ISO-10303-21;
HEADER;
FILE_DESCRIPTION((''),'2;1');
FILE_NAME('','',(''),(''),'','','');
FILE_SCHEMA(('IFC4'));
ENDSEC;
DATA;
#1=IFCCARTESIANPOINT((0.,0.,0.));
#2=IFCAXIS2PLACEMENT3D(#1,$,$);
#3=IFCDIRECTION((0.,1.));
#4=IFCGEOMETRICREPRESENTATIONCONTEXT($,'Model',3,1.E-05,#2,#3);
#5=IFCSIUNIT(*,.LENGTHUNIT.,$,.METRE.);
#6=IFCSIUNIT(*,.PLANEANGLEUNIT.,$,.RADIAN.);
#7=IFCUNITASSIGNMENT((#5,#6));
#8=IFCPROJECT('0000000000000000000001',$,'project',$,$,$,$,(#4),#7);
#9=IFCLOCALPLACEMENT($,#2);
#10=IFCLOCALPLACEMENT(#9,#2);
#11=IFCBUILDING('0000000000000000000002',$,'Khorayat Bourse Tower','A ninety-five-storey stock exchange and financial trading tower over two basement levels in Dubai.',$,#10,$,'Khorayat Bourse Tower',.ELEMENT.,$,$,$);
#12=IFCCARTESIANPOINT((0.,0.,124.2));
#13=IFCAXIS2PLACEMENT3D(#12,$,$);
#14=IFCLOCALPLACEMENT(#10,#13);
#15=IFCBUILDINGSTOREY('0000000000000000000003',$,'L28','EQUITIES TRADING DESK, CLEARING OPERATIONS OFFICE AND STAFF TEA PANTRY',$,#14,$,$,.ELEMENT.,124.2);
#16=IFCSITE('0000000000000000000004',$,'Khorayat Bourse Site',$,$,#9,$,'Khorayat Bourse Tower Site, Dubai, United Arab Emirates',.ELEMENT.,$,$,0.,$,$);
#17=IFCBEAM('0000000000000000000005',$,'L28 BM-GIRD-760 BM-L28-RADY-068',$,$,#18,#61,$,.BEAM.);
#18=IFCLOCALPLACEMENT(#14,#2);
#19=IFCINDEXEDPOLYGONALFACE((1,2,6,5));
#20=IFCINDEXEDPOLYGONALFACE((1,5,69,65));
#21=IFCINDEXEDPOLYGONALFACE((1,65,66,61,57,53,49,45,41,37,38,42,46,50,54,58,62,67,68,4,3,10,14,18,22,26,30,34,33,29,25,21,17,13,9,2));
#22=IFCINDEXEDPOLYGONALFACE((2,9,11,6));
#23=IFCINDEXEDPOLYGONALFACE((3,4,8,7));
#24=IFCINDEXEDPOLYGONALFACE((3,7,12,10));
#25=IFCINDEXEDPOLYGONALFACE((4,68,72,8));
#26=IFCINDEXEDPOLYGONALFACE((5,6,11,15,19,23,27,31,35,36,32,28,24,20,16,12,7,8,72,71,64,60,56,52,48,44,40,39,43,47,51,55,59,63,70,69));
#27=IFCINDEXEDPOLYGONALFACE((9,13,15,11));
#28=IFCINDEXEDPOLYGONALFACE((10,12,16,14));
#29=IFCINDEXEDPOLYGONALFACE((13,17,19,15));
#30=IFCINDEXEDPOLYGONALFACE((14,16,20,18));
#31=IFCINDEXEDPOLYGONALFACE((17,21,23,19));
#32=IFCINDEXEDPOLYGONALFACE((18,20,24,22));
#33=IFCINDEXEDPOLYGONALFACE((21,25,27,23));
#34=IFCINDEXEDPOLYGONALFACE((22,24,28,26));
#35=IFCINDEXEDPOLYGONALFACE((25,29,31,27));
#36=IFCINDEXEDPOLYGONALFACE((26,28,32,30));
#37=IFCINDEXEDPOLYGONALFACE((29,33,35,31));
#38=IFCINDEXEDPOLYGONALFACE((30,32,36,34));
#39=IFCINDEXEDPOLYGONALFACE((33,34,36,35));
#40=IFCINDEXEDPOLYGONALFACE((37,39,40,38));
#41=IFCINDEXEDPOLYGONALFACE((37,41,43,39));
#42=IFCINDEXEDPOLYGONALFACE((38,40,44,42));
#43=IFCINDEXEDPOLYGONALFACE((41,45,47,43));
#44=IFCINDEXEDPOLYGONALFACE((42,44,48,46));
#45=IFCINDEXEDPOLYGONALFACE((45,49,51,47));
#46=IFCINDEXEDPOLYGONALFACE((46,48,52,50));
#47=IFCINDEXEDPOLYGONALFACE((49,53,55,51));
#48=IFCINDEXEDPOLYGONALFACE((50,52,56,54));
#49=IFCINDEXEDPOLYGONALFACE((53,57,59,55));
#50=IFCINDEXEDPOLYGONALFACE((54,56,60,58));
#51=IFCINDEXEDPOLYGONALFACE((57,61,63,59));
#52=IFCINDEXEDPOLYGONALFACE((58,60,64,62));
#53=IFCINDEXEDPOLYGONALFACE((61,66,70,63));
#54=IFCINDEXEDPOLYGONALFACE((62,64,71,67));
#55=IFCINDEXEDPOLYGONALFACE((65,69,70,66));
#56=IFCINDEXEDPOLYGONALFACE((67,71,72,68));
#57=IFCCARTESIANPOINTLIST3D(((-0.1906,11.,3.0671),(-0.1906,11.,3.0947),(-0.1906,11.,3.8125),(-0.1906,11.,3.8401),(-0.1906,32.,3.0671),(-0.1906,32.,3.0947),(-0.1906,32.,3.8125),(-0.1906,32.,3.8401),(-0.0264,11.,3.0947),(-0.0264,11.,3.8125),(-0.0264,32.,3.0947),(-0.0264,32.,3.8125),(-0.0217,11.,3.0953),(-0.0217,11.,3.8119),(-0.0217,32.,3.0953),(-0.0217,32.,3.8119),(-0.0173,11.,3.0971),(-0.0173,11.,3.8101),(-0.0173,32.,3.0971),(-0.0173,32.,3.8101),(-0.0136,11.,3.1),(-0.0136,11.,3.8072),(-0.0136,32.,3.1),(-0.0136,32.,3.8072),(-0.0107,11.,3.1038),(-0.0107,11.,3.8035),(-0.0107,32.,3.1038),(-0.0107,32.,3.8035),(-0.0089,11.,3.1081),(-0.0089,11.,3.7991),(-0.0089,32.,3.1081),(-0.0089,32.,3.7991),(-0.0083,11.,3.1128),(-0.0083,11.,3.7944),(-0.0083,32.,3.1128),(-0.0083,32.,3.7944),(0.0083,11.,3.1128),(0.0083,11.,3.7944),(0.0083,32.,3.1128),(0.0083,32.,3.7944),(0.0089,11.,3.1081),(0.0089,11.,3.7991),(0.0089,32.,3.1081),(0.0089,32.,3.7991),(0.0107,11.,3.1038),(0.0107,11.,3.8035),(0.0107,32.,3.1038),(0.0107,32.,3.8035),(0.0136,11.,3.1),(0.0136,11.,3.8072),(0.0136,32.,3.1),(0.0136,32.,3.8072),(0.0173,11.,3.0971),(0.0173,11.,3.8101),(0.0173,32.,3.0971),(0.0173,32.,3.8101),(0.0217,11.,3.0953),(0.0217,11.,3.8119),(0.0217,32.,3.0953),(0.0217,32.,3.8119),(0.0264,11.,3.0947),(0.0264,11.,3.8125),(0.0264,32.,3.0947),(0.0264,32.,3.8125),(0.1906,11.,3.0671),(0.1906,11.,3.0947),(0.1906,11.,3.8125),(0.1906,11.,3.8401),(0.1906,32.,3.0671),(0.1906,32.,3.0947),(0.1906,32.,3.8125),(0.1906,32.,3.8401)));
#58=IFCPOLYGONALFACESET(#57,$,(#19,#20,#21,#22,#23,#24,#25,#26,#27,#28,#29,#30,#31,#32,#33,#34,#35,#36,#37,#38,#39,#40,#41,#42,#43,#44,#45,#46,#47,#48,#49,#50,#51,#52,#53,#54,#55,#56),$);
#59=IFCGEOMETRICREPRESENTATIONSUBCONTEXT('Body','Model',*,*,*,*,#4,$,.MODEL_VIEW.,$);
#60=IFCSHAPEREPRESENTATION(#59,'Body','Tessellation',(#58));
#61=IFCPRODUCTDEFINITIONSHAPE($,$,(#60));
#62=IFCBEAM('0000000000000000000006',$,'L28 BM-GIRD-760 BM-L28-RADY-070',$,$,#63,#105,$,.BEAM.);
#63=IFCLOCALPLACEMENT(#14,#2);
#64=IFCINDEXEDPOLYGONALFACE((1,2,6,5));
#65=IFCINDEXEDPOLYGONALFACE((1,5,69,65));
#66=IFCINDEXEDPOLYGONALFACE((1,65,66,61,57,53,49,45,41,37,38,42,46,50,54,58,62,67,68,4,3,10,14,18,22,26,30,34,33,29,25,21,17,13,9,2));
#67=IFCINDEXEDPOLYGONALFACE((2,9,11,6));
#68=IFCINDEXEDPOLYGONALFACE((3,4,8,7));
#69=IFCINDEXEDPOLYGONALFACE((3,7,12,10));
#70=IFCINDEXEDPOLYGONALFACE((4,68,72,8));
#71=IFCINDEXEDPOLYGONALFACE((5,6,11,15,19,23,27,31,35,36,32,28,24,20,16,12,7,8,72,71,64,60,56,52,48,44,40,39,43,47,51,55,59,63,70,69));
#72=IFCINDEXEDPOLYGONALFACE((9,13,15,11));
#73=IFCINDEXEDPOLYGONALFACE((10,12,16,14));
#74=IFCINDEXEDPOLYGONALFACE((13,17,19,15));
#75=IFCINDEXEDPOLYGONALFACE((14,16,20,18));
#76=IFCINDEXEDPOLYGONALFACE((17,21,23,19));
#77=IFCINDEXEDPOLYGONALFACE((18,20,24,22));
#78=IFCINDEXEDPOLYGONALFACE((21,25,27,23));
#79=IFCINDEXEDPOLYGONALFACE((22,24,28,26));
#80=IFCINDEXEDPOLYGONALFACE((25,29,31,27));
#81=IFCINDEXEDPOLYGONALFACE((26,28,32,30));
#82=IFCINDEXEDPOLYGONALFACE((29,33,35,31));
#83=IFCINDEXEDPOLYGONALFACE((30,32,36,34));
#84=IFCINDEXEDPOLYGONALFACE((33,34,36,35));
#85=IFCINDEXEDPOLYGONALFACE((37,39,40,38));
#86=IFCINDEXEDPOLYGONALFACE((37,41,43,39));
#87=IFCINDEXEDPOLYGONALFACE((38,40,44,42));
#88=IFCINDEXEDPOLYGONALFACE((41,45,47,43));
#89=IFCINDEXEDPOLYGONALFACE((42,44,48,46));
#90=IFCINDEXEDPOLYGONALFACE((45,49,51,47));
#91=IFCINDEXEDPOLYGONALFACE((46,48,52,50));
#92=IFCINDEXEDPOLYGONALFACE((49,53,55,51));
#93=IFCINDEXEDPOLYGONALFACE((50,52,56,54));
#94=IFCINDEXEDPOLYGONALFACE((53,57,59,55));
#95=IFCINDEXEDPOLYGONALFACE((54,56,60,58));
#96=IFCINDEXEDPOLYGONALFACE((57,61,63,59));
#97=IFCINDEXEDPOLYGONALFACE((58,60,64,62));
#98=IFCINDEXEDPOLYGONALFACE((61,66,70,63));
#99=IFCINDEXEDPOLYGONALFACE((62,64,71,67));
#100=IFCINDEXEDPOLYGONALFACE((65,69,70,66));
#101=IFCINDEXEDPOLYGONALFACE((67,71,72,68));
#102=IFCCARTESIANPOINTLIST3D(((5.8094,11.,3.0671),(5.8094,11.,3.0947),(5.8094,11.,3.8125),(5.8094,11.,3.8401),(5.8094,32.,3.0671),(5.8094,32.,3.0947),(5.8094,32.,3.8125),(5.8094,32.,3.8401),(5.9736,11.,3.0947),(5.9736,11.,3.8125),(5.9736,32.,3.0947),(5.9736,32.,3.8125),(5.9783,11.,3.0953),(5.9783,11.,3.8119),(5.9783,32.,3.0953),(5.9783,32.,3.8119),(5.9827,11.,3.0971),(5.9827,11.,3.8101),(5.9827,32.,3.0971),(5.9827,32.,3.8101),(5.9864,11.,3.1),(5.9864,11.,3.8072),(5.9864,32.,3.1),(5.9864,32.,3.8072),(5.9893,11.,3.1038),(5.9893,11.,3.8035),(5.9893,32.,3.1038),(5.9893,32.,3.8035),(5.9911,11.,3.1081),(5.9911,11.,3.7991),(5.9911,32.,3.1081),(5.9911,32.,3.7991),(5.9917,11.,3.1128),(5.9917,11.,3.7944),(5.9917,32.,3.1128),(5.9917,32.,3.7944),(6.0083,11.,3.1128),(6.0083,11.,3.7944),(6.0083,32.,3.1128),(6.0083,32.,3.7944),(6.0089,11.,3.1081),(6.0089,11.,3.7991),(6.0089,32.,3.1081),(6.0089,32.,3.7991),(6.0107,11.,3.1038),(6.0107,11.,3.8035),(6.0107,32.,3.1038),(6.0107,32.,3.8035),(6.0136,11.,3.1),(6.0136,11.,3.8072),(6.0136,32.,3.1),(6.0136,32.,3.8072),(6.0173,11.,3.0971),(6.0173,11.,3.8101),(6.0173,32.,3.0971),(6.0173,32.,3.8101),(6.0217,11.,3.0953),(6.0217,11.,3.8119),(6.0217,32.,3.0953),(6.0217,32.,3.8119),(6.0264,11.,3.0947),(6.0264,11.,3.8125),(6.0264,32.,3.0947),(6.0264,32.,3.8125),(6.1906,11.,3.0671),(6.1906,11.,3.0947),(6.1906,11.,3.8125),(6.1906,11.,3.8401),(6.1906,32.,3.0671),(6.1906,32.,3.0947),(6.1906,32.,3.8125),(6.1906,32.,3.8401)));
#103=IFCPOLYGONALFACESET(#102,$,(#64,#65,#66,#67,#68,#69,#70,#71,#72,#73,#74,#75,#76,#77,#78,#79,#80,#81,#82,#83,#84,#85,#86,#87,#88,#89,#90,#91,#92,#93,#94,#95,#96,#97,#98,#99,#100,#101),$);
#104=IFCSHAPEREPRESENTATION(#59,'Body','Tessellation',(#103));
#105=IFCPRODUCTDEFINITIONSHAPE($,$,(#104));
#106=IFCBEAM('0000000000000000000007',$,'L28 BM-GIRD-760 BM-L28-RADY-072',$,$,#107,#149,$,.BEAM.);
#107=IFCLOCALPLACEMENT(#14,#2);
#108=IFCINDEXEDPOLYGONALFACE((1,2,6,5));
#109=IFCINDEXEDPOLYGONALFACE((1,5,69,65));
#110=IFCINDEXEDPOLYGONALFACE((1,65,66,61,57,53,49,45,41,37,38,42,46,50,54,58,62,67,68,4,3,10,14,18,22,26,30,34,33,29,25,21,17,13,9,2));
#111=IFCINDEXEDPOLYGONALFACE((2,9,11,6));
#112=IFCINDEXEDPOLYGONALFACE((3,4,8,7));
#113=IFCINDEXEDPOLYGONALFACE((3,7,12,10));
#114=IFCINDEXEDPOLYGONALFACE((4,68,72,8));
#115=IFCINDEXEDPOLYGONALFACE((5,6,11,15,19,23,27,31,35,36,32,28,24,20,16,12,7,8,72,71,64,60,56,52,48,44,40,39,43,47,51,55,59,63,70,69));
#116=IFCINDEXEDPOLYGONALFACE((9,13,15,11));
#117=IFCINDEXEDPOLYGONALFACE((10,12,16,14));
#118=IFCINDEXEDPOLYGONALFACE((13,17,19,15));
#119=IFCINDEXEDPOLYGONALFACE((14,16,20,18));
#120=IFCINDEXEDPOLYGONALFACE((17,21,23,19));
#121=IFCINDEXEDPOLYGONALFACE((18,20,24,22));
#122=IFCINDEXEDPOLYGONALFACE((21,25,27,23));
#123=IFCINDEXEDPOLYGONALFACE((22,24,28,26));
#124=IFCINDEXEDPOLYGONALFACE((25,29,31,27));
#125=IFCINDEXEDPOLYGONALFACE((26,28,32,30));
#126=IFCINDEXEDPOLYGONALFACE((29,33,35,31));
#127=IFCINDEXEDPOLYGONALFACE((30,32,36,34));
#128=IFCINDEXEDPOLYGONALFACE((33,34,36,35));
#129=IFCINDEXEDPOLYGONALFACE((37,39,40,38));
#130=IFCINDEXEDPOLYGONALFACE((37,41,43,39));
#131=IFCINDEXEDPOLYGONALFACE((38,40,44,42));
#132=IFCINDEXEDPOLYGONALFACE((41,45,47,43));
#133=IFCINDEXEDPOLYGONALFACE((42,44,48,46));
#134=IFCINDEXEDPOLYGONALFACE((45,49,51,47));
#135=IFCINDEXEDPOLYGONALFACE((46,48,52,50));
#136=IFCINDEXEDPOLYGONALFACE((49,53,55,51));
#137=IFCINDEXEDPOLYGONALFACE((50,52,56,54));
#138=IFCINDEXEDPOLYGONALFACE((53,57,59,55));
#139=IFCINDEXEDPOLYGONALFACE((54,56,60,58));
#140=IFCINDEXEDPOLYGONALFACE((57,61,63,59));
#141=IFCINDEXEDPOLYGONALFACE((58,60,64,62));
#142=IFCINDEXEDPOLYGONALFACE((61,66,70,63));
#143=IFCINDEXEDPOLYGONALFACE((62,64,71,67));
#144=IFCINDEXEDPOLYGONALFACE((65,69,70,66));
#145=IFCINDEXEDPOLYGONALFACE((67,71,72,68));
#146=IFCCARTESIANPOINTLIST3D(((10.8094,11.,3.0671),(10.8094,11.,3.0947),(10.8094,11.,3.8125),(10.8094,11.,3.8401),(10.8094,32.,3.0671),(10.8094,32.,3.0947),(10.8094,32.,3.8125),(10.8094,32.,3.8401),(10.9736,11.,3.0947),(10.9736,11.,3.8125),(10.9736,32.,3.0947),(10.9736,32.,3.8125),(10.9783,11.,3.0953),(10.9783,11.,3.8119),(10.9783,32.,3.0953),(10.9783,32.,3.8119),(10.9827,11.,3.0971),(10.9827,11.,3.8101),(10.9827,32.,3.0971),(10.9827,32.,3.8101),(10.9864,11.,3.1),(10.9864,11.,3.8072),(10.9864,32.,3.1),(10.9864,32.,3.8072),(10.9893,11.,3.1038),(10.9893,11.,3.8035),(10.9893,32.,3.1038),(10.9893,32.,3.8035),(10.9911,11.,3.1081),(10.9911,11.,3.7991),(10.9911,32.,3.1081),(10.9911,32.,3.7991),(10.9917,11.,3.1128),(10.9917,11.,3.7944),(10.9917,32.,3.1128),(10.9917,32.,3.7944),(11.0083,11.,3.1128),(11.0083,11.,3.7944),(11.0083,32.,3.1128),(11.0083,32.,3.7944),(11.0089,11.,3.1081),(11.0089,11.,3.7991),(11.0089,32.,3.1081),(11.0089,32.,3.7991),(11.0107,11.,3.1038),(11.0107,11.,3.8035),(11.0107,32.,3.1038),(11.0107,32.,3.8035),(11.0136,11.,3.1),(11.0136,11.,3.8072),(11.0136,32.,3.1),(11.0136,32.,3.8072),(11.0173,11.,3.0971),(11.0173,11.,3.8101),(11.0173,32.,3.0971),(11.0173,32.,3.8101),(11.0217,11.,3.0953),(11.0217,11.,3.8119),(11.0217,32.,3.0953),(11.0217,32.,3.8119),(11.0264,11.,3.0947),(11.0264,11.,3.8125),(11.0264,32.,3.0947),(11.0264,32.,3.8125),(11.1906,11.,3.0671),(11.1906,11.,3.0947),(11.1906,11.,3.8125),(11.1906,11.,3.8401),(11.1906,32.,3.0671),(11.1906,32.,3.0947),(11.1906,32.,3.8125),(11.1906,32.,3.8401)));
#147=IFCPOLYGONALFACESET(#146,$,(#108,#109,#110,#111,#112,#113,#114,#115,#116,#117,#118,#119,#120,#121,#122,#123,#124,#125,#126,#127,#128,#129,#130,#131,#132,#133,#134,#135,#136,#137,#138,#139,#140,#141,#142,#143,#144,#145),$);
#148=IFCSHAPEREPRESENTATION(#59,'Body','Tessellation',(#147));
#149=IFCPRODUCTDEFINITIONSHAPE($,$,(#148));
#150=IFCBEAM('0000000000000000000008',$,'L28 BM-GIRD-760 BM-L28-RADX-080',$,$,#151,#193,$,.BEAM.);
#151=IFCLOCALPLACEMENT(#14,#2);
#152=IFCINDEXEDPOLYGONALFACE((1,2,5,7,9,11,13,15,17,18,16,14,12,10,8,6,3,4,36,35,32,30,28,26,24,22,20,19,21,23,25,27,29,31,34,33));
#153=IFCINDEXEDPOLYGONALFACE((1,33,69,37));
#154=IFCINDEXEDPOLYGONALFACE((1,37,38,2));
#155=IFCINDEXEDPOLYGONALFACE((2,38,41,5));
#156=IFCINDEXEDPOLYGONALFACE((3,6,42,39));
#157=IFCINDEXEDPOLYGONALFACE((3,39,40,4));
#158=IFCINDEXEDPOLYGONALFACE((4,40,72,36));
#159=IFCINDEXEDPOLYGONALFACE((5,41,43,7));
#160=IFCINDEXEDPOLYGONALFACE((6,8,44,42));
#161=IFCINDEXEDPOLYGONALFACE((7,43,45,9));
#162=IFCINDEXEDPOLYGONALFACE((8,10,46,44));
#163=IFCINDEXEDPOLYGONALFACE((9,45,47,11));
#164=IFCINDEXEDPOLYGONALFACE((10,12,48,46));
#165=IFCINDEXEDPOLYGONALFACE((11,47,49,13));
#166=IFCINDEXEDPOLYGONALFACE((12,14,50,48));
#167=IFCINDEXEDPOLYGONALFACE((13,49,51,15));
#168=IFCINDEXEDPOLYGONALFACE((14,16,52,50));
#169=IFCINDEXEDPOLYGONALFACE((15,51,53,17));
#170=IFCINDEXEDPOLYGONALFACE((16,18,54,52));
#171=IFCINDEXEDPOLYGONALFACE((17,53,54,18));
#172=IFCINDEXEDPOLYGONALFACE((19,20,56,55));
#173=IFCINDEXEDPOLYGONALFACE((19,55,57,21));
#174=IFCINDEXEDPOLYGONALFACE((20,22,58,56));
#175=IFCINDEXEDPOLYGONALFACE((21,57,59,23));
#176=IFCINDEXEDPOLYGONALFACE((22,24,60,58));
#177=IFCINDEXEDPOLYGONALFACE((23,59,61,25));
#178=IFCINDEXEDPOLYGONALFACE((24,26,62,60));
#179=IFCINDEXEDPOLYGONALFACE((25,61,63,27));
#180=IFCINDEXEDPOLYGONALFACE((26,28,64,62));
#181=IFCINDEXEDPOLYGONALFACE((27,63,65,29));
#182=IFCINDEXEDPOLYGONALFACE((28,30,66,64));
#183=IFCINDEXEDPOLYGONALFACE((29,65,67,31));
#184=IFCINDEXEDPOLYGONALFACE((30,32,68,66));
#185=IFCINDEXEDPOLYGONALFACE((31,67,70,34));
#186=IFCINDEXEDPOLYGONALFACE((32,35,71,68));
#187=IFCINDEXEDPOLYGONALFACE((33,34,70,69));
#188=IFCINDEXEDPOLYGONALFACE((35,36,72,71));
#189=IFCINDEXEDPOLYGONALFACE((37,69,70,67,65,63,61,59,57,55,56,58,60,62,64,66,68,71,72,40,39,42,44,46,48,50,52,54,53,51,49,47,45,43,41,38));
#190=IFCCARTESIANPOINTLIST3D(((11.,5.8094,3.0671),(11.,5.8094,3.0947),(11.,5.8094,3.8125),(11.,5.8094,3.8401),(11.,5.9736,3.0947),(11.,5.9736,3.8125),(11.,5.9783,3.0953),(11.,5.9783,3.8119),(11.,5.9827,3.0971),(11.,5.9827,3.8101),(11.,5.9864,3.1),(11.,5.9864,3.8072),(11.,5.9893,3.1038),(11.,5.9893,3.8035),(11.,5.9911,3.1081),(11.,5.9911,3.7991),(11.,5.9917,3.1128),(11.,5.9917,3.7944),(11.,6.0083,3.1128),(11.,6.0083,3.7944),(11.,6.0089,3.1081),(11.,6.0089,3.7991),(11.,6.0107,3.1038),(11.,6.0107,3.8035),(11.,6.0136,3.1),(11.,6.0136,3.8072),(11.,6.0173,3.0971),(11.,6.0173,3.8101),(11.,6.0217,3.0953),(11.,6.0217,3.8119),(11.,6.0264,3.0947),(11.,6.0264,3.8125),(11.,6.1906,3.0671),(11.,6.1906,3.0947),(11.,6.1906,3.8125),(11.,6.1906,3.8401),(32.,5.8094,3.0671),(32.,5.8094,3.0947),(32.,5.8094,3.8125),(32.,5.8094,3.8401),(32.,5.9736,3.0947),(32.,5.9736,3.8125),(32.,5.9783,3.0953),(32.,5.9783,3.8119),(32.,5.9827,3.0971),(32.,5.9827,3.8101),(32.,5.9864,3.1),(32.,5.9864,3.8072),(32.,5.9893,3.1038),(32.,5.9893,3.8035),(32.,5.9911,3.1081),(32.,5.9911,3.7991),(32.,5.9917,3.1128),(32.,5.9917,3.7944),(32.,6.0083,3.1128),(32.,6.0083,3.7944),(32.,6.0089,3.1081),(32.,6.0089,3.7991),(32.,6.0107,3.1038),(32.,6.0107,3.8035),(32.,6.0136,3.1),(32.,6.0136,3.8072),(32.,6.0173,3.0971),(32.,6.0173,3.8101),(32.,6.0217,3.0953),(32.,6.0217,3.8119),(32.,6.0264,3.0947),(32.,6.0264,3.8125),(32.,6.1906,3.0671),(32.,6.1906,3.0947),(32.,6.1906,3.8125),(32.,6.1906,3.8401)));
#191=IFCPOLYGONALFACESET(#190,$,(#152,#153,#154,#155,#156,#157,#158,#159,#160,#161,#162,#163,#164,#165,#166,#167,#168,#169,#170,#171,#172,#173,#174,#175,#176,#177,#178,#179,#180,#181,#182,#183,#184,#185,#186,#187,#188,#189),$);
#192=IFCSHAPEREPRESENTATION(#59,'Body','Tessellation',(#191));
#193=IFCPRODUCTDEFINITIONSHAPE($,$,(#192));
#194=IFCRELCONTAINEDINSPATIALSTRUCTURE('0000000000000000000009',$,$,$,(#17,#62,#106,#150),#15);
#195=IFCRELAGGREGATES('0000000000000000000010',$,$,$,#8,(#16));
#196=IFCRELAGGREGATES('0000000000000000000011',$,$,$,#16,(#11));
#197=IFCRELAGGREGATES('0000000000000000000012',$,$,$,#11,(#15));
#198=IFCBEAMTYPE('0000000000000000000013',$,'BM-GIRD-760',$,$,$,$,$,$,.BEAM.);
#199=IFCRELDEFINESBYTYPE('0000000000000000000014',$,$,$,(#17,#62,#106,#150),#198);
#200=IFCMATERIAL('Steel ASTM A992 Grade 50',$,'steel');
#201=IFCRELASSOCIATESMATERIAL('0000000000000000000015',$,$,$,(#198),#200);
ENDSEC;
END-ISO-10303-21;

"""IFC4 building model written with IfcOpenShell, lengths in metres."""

from ifc_helpers import new_model, si_unit, direction, frame, origin, origin_2d, place, context, subcontext, project, spatial, i_section, extrude, source, transform, mapped, material, material_profile, profile_set, type_object, element, save


model = new_model("IFC4")

# Units and contexts
model_context = context("Model", 3, precision=1e-05, world=origin(), true_north=direction((0.0, 1.0)))
body_context = subcontext(model_context, "Body", "Model", "MODEL_VIEW")
ifc_project = project(units=[si_unit("LENGTHUNIT", "METRE"), si_unit("PLANEANGLEUNIT", "RADIAN")], contexts=[model_context])

# Site, building, storey
site_placement = place(None, origin())
site = spatial("IfcSite", under=ifc_project, at=site_placement, Name="Khorayat Bourse Site", LongName="Khorayat Bourse Tower Site, Dubai, United Arab Emirates", CompositionType="ELEMENT", RefElevation=0.0)
building_placement = place(site_placement, origin())
building = spatial("IfcBuilding", under=site, at=building_placement, Name="Khorayat Bourse Tower", Description="A ninety-five-storey stock exchange and financial trading tower over two basement levels in Dubai.", LongName="Khorayat Bourse Tower", CompositionType="ELEMENT")
storey_placement = place(building_placement, frame((0.0, 0.0, 124.2)))
storey = spatial("IfcBuildingStorey", under=building, at=storey_placement, Name="L28", Description="EQUITIES TRADING DESK, CLEARING OPERATIONS OFFICE AND STAFF TEA PANTRY", CompositionType="ELEMENT", Elevation=124.2)

# Beams
ifc_material_1 = material(Name="Steel ASTM A992 Grade 50", Category="steel")
ifc_material_profile_1 = material_profile(ifc_material_1, i_section(OverallWidth=0.3811, OverallDepth=0.7729, WebThickness=0.0166, FlangeThickness=0.0276, FilletRadius=0.0181, at=origin_2d()), Name="W760X257")
ifc_profile_set_1 = profile_set([ifc_material_profile_1], Name="Steel ASTM A992 Grade 50")
beam_type_1 = type_object("IfcBeamType", Name="BM-GIRD-760", PredefinedType="BEAM", material=ifc_profile_set_1)
shared_shape_1 = source(origin(), body_context, "Body", "SweptSolid", [
    extrude(i_section(OverallWidth=0.3811, OverallDepth=0.7729, WebThickness=0.0166, FlangeThickness=0.0276, FilletRadius=0.0181, at=origin_2d()), origin(), (0.0, 0.0, 1.0), 21.0),
])
for number, where, z_axis, x_axis, name in (
    (1, (0.0, 11.0, 3.4536), (0.0, 1.0, 0.0), (-1.0, 0.0, 0.0), "L28 BM-GIRD-760 BM-L28-RADY-068"),
    (2, (6.0, 11.0, 3.4536), (0.0, 1.0, 0.0), (-1.0, 0.0, 0.0), "L28 BM-GIRD-760 BM-L28-RADY-070"),
    (3, (11.0, 11.0, 3.4536), (0.0, 1.0, 0.0), (-1.0, 0.0, 0.0), "L28 BM-GIRD-760 BM-L28-RADY-072"),
    (4, (11.0, 6.0, 3.4536), (1.0, 0.0, 0.0), (0.0, 1.0, 0.0), "L28 BM-GIRD-760 BM-L28-RADX-080"),
):
    element("IfcBeam", number, at=place(storey_placement, frame(where, z_axis=z_axis, x_axis=x_axis)), inside=storey, type_object=beam_type_1, Name=name, PredefinedType="BEAM", context=body_context, shape_type="MappedRepresentation", body=[
        mapped(shared_shape_1, transform((0.0, 0.0, 0.0), scale=1.0)),
    ])

save(model, "model.ifc")
